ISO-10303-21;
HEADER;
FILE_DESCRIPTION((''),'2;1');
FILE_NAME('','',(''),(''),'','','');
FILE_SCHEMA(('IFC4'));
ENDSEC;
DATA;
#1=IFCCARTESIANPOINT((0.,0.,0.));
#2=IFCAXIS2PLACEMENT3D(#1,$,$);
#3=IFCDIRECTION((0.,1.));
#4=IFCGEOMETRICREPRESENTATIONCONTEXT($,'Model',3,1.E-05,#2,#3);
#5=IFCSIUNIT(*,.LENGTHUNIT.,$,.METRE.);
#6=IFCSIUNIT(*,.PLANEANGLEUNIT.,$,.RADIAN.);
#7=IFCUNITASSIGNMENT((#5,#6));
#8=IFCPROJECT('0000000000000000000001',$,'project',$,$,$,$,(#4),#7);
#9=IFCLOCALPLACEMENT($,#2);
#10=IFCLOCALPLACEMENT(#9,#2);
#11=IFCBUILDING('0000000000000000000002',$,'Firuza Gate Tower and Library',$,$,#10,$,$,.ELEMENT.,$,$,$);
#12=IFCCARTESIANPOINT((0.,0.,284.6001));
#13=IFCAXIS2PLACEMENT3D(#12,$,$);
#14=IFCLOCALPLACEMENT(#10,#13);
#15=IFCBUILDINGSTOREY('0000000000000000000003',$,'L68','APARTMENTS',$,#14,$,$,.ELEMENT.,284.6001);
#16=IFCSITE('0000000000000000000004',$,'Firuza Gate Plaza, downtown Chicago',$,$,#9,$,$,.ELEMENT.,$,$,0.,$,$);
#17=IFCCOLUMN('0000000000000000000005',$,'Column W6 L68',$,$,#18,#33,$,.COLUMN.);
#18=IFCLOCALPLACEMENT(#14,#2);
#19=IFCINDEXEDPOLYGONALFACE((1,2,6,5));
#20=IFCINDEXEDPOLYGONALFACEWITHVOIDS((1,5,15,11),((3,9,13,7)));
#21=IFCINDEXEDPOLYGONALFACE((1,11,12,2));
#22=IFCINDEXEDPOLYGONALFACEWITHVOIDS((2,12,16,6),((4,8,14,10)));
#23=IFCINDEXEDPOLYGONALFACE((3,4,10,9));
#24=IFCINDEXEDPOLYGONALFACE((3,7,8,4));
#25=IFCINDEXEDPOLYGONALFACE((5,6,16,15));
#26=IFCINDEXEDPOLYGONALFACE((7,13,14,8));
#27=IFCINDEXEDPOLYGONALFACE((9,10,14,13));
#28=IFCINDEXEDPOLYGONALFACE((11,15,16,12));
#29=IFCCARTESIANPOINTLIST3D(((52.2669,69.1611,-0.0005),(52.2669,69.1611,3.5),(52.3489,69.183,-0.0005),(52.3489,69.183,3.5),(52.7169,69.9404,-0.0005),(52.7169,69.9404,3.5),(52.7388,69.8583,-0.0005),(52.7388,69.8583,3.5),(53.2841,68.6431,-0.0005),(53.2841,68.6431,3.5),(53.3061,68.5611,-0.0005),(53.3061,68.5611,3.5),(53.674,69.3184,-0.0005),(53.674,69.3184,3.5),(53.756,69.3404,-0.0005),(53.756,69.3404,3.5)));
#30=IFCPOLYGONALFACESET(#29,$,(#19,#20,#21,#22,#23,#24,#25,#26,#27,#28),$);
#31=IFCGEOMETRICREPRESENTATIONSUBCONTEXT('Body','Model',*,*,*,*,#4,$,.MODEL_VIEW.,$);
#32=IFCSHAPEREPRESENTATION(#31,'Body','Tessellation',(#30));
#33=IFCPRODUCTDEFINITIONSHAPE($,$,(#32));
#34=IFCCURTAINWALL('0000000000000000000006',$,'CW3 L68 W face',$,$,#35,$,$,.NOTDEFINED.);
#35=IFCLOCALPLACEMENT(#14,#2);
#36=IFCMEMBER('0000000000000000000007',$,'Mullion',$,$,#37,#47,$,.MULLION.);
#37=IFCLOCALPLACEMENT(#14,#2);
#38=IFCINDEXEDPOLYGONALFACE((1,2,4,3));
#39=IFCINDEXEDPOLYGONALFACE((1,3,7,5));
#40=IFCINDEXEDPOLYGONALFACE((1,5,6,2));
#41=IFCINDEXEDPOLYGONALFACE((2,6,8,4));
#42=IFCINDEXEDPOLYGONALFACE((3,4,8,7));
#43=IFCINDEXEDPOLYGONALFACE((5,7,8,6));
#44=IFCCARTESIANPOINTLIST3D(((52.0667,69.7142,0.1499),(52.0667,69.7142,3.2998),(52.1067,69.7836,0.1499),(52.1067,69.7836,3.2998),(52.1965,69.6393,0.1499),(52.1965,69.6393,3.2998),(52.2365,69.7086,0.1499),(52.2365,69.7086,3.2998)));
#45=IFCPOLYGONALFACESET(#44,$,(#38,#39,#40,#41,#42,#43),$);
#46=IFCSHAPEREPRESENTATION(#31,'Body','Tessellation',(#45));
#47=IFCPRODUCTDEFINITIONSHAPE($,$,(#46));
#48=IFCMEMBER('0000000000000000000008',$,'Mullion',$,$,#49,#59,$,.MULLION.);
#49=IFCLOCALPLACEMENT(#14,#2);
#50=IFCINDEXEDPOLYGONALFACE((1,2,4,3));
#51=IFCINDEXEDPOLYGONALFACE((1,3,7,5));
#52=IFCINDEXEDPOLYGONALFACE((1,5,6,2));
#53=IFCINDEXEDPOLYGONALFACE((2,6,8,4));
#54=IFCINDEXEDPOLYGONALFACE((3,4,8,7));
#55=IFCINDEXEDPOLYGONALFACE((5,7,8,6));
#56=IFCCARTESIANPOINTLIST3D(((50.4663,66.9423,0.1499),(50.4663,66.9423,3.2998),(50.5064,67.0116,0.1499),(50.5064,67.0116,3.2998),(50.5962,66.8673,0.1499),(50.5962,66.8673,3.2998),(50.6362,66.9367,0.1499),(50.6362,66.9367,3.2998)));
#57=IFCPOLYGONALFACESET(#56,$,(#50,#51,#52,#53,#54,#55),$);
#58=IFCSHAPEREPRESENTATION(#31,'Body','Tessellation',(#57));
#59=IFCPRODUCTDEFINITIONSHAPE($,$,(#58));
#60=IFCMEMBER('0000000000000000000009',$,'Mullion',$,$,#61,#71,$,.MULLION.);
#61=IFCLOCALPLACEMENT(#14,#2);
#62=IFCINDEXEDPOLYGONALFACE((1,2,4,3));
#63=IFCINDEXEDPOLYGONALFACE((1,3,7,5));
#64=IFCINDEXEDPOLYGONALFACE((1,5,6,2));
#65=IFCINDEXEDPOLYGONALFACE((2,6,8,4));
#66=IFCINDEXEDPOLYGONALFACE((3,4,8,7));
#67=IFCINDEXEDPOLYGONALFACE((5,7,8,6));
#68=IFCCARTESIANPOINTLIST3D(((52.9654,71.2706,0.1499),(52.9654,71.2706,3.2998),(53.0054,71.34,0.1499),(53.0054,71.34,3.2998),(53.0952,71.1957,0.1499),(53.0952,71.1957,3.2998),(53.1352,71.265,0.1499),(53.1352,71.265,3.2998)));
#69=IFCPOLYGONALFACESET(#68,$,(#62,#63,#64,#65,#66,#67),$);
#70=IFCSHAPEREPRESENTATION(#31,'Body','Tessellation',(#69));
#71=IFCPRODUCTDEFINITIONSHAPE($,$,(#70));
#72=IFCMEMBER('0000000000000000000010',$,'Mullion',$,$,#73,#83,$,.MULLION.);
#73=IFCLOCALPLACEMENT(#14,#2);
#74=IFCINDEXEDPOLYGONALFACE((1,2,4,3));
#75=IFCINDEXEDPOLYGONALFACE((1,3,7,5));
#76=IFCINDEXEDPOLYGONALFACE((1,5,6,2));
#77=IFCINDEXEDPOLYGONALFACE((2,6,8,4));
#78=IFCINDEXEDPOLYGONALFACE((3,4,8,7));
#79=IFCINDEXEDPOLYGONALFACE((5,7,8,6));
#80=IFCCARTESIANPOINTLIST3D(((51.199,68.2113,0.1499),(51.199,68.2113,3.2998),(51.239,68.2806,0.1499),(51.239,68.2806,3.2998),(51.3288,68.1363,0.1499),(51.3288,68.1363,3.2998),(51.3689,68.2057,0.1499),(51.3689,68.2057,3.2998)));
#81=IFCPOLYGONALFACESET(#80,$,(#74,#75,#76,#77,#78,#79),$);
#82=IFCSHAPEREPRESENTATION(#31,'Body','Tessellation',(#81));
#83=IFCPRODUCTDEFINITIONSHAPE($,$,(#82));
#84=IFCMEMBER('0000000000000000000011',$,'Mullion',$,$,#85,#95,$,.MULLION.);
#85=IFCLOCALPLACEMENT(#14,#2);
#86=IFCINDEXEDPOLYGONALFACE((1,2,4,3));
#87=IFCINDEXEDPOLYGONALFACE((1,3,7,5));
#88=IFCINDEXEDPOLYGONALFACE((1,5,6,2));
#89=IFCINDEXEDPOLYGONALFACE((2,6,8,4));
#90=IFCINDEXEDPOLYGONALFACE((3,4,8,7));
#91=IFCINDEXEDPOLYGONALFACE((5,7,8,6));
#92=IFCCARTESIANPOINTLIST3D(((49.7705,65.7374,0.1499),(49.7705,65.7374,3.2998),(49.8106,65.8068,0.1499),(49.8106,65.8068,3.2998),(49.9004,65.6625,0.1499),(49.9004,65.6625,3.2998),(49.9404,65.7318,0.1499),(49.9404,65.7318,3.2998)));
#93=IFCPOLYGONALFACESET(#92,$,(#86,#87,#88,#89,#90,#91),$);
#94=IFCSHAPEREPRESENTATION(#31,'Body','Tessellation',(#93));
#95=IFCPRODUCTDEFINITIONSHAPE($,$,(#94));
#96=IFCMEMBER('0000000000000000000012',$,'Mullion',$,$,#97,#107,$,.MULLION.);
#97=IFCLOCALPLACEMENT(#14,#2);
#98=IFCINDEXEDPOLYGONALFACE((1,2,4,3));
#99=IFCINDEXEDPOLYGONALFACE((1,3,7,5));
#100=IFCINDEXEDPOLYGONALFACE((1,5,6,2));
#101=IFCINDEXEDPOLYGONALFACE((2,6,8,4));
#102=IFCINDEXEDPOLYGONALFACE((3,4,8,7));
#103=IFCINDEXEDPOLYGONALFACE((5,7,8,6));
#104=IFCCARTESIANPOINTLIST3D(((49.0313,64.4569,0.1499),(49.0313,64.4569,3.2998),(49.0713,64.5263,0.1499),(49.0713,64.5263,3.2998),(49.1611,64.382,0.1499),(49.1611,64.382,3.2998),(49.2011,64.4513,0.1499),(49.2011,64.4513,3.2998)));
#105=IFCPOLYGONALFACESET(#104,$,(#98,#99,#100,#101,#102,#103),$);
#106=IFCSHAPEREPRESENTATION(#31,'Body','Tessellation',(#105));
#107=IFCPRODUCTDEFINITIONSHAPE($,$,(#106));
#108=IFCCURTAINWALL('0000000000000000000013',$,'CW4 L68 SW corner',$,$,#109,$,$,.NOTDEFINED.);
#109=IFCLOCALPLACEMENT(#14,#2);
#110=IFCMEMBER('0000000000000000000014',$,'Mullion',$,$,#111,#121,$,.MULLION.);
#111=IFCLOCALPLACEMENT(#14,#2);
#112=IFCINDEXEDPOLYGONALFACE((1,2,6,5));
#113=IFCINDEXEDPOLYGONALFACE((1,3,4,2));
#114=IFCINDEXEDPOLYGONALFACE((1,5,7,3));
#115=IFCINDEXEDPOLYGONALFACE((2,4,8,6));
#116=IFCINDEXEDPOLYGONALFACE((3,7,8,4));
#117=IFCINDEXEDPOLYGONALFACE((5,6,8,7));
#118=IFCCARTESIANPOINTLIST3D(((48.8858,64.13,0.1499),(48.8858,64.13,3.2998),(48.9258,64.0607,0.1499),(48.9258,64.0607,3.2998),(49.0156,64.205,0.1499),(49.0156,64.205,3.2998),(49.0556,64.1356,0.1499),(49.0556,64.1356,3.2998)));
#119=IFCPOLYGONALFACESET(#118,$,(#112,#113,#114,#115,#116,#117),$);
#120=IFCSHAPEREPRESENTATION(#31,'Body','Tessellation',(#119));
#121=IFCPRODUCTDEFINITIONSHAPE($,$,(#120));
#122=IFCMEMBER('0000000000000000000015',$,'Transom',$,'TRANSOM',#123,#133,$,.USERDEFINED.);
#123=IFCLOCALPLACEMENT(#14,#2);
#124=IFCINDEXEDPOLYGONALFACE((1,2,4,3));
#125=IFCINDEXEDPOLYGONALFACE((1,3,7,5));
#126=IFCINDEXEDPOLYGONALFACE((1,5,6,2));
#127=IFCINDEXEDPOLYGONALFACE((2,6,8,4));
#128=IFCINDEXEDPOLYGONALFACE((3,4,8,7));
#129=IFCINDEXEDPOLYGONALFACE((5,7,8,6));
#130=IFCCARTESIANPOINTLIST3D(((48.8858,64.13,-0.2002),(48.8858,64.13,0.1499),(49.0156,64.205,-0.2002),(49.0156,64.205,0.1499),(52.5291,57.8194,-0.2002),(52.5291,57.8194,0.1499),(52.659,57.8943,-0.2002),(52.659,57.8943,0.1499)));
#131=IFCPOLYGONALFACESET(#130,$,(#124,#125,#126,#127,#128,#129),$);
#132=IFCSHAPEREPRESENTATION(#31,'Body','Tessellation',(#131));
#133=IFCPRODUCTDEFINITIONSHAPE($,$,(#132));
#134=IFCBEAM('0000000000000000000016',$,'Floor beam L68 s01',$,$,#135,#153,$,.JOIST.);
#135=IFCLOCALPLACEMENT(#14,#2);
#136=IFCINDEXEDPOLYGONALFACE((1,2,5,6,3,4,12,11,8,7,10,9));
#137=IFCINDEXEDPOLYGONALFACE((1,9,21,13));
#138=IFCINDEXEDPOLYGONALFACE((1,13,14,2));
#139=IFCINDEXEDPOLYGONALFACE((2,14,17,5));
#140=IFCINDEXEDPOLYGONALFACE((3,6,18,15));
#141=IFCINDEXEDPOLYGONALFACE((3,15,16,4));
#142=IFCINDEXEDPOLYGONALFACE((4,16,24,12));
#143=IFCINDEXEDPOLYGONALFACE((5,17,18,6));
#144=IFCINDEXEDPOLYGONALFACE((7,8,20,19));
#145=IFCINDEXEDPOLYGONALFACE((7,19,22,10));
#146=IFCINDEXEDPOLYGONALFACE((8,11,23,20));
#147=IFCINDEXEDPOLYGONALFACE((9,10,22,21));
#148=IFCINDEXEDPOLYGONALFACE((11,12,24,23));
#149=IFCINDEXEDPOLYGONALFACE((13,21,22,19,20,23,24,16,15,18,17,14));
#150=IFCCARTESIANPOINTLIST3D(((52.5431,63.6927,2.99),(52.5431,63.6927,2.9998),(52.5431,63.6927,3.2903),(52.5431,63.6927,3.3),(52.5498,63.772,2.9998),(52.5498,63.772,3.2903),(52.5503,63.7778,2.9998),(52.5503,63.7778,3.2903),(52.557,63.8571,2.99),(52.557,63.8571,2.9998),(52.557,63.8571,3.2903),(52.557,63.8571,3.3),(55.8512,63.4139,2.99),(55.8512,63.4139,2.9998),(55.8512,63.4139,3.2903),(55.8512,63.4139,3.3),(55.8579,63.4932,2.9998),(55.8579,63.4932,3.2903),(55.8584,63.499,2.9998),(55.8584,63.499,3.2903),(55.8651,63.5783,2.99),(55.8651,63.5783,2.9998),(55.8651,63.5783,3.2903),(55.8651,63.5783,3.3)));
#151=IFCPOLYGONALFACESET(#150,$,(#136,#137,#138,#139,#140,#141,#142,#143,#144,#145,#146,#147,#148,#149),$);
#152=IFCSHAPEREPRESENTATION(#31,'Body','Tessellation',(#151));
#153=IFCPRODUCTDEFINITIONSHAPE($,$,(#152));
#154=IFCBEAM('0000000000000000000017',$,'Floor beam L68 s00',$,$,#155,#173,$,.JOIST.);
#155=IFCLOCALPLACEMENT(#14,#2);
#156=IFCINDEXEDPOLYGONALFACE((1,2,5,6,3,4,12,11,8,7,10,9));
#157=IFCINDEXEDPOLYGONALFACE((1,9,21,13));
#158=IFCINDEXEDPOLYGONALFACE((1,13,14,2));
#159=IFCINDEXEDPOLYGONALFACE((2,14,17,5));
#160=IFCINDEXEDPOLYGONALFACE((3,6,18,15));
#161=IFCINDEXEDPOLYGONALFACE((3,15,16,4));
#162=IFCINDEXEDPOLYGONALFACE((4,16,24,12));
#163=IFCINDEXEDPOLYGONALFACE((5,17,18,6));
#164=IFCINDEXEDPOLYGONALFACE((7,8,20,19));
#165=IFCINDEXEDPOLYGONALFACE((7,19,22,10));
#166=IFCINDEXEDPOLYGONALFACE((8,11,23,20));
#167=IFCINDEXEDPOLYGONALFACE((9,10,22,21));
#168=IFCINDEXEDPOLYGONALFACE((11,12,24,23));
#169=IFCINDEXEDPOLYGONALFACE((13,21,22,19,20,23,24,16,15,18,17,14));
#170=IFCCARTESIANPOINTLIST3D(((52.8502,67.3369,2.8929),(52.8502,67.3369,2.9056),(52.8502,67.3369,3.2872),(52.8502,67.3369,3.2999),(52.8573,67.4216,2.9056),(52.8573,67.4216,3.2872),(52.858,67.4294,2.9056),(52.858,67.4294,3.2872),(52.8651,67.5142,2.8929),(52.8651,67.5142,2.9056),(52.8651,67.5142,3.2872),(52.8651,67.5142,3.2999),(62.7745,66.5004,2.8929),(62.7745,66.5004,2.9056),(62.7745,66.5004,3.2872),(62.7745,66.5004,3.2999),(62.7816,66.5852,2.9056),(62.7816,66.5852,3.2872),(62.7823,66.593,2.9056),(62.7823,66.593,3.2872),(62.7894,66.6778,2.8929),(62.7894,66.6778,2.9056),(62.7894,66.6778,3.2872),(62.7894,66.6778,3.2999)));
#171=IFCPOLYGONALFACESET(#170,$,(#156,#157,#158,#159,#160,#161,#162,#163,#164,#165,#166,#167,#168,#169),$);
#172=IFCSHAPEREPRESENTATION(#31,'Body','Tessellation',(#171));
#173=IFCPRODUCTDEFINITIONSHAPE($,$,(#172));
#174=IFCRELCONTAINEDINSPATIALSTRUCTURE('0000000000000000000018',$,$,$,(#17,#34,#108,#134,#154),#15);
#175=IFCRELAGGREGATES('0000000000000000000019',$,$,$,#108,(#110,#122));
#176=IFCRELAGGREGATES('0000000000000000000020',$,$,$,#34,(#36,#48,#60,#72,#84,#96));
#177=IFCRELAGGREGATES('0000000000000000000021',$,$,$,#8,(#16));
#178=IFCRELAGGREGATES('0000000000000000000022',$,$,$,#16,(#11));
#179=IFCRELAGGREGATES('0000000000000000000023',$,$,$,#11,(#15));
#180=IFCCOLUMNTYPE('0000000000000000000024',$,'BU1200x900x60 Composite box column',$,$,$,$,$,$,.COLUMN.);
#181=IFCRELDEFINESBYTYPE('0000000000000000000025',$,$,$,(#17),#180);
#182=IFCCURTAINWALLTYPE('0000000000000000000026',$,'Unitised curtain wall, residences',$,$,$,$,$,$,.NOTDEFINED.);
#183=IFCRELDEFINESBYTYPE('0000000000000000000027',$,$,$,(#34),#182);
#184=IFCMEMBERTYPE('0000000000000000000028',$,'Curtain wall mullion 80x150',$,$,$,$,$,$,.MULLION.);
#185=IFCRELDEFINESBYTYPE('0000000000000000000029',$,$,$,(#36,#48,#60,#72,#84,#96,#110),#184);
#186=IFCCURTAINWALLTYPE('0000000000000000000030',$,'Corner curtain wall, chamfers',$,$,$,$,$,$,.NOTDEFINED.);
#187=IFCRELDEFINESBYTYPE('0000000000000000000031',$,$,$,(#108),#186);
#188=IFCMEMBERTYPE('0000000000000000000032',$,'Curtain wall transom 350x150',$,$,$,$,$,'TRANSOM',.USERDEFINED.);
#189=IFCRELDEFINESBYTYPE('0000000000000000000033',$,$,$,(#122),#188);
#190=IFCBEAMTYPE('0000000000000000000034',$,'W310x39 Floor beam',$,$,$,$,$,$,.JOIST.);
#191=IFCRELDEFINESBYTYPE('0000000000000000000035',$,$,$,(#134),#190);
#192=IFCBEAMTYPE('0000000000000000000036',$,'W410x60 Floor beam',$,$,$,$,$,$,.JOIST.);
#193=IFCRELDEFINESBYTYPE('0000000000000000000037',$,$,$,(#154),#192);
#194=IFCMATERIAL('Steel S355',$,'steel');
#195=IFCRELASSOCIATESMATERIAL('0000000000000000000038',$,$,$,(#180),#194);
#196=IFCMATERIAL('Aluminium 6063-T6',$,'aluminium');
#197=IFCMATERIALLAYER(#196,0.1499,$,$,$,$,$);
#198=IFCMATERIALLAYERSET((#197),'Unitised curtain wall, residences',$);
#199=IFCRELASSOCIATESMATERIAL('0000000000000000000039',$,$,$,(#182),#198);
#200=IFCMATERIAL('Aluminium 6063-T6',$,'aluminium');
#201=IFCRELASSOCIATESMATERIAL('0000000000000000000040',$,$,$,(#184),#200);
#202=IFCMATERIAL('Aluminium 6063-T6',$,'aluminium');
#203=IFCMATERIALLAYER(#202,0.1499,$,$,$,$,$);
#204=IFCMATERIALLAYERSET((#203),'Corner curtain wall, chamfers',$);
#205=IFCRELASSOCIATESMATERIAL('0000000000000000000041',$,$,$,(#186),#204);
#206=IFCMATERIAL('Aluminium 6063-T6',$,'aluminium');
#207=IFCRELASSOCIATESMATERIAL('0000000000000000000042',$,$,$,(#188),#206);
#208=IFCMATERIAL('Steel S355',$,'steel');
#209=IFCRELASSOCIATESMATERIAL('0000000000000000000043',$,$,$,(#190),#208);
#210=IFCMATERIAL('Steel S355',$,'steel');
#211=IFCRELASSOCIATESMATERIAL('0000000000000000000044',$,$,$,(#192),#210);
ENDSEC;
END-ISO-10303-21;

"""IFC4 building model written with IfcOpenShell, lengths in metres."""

from ifc_helpers import new_model, si_unit, direction, frame, origin, origin_2d, place, context, subcontext, project, spatial, rectangle, hollow_rectangle, i_section, extrude, material, layer, layer_set, material_profile, profile_set, type_object, element, aggregate, save


model = new_model("IFC4")

# Units and contexts
model_context = context("Model", 3, precision=1e-05, world=origin(), true_north=direction((0.0, 1.0)))
body_context = subcontext(model_context, "Body", "Model", "MODEL_VIEW")
ifc_project = project(units=[si_unit("LENGTHUNIT", "METRE"), si_unit("PLANEANGLEUNIT", "RADIAN")], contexts=[model_context])

# Site, building, storey
site_placement = place(None, origin())
site = spatial("IfcSite", under=ifc_project, at=site_placement, Name="Firuza Gate Plaza, downtown Chicago", CompositionType="ELEMENT", RefElevation=0.0)
building_placement = place(site_placement, origin())
building = spatial("IfcBuilding", under=site, at=building_placement, Name="Firuza Gate Tower and Library", CompositionType="ELEMENT")
storey_placement = place(building_placement, frame((0.0, 0.0, 284.6001)))
storey = spatial("IfcBuildingStorey", under=building, at=storey_placement, Name="L68", Description="APARTMENTS", CompositionType="ELEMENT", Elevation=284.6001)

# Column
ifc_material_1 = material(Name="Steel S355", Category="steel")
ifc_material_profile_1 = material_profile(ifc_material_1, hollow_rectangle(XDim=0.8999, YDim=1.2, WallThickness=0.0601, at=origin_2d()))
ifc_profile_set_1 = profile_set([ifc_material_profile_1], Name="Steel S355")
column_type = type_object("IfcColumnType", Name="BU1200x900x60 Composite box column", PredefinedType="COLUMN", material=ifc_profile_set_1)
column_placement = place(storey_placement, frame((53.0115, 69.2507, -0.0005), z_axis=(0.0, 0.0, 1.0), x_axis=(-0.5, -0.866025, 0.0)))
element("IfcColumn", 1, at=column_placement, inside=storey, type_object=column_type, Name="Column W6 L68", PredefinedType="COLUMN", context=body_context, shape_type="SweptSolid", body=[
    extrude(hollow_rectangle(XDim=0.8999, YDim=1.2, WallThickness=0.0601, at=origin_2d()), origin(), (0.0, 0.0, 1.0), 3.5005),
])

# Curtain walls, members
ifc_material_2 = material(Name="Aluminium 6063-T6", Category="aluminium")
ifc_layer_1 = layer(ifc_material_2, 0.1499)
ifc_layer_set_1 = layer_set([ifc_layer_1], Name="Unitised curtain wall, residences")
curtain_wall_type_1 = type_object("IfcCurtainWallType", Name="Unitised curtain wall, residences", PredefinedType="NOTDEFINED", material=ifc_layer_set_1)
placement = place(storey_placement, origin())
curtain_wall_1 = element("IfcCurtainWall", 2, at=placement, inside=storey, type_object=curtain_wall_type_1, Name="CW3 L68 W face", PredefinedType="NOTDEFINED")
ifc_material_3 = material(Name="Aluminium 6063-T6", Category="aluminium")
ifc_material_profile_2 = material_profile(ifc_material_3, rectangle(XDim=0.1499, YDim=0.0801, at=origin_2d()))
ifc_profile_set_2 = profile_set([ifc_material_profile_2], Name="Aluminium 6063-T6")
member_type_1 = type_object("IfcMemberType", Name="Curtain wall mullion 80x150", PredefinedType="MULLION", material=ifc_profile_set_2)
member_1_placement = place(storey_placement, frame((52.1516, 69.7114, 0.1499), z_axis=(0.0, 0.0, 1.0), x_axis=(0.866025, -0.5, 0.0)))
member_1 = element("IfcMember", 3, at=member_1_placement, type_object=member_type_1, Name="Mullion", PredefinedType="MULLION", context=body_context, shape_type="SweptSolid", body=[
    extrude(rectangle(XDim=0.1499, YDim=0.0801, at=origin_2d()), origin(), (0.0, 0.0, 1.0), 3.1499),
])
member_2_placement = place(storey_placement, frame((50.5513, 66.9395, 0.1499), z_axis=(0.0, 0.0, 1.0), x_axis=(0.866025, -0.5, 0.0)))
member_2 = element("IfcMember", 4, at=member_2_placement, type_object=member_type_1, Name="Mullion", PredefinedType="MULLION", context=body_context, shape_type="SweptSolid", body=[
    extrude(rectangle(XDim=0.1499, YDim=0.0801, at=origin_2d()), origin(), (0.0, 0.0, 1.0), 3.1499),
])
member_3_placement = place(storey_placement, frame((53.0503, 71.2678, 0.1499), z_axis=(0.0, 0.0, 1.0), x_axis=(0.866025, -0.5, 0.0)))
member_3 = element("IfcMember", 5, at=member_3_placement, type_object=member_type_1, Name="Mullion", PredefinedType="MULLION", context=body_context, shape_type="SweptSolid", body=[
    extrude(rectangle(XDim=0.1499, YDim=0.0801, at=origin_2d()), origin(), (0.0, 0.0, 1.0), 3.1499),
])
member_4_placement = place(storey_placement, frame((51.2839, 68.2085, 0.1499), z_axis=(0.0, 0.0, 1.0), x_axis=(0.866025, -0.5, 0.0)))
member_4 = element("IfcMember", 6, at=member_4_placement, type_object=member_type_1, Name="Mullion", PredefinedType="MULLION", context=body_context, shape_type="SweptSolid", body=[
    extrude(rectangle(XDim=0.1499, YDim=0.0801, at=origin_2d()), origin(), (0.0, 0.0, 1.0), 3.1499),
])
member_5_placement = place(storey_placement, frame((49.8555, 65.7346, 0.1499), z_axis=(0.0, 0.0, 1.0), x_axis=(0.866025, -0.5, 0.0)))
member_5 = element("IfcMember", 7, at=member_5_placement, type_object=member_type_1, Name="Mullion", PredefinedType="MULLION", context=body_context, shape_type="SweptSolid", body=[
    extrude(rectangle(XDim=0.1499, YDim=0.0801, at=origin_2d()), origin(), (0.0, 0.0, 1.0), 3.1499),
])
member_6_placement = place(storey_placement, frame((49.1162, 64.4541, 0.1499), z_axis=(0.0, 0.0, 1.0), x_axis=(0.866025, -0.5, 0.0)))
member_6 = element("IfcMember", 8, at=member_6_placement, type_object=member_type_1, Name="Mullion", PredefinedType="MULLION", context=body_context, shape_type="SweptSolid", body=[
    extrude(rectangle(XDim=0.1499, YDim=0.0801, at=origin_2d()), origin(), (0.0, 0.0, 1.0), 3.1499),
])
ifc_material_4 = material(Name="Aluminium 6063-T6", Category="aluminium")
ifc_layer_2 = layer(ifc_material_4, 0.1499)
ifc_layer_set_2 = layer_set([ifc_layer_2], Name="Corner curtain wall, chamfers")
curtain_wall_type_2 = type_object("IfcCurtainWallType", Name="Corner curtain wall, chamfers", PredefinedType="NOTDEFINED", material=ifc_layer_set_2)
curtain_wall_2 = element("IfcCurtainWall", 9, at=placement, inside=storey, type_object=curtain_wall_type_2, Name="CW4 L68 SW corner", PredefinedType="NOTDEFINED")
member_7_placement = place(storey_placement, frame((48.9707, 64.1328, 0.1499), z_axis=(0.0, 0.0, 1.0), x_axis=(0.866025, 0.5, 0.0)))
member_7 = element("IfcMember", 10, at=member_7_placement, type_object=member_type_1, Name="Mullion", PredefinedType="MULLION", context=body_context, shape_type="SweptSolid", body=[
    extrude(rectangle(XDim=0.1499, YDim=0.0801, at=origin_2d()), origin(), (0.0, 0.0, 1.0), 3.1499),
])
ifc_material_5 = material(Name="Aluminium 6063-T6", Category="aluminium")
ifc_material_profile_3 = material_profile(ifc_material_5, rectangle(XDim=0.1499, YDim=0.3501, at=origin_2d()))
ifc_profile_set_3 = profile_set([ifc_material_profile_3], Name="Aluminium 6063-T6")
member_type_2 = type_object("IfcMemberType", Name="Curtain wall transom 350x150", ElementType="TRANSOM", PredefinedType="USERDEFINED", material=ifc_profile_set_3)
member_8_placement = place(storey_placement, frame((48.9507, 64.1675, -0.0251), z_axis=(0.499991, -0.86603, 0.0), x_axis=(0.86603, 0.499991, 0.0)))
member_8 = element("IfcMember", 11, at=member_8_placement, type_object=member_type_2, Name="Transom", ObjectType="TRANSOM", PredefinedType="USERDEFINED", context=body_context, shape_type="SweptSolid", body=[
    extrude(rectangle(XDim=0.1499, YDim=0.3501, at=origin_2d()), origin(), (0.0, 0.0, 1.0), 7.2869),
])

# Beams
ifc_material_6 = material(Name="Steel S355", Category="steel")
ifc_material_profile_4 = material_profile(ifc_material_6, i_section(OverallWidth=0.165, OverallDepth=0.3101, WebThickness=0.0059, FlangeThickness=0.0098, at=origin_2d()))
ifc_profile_set_4 = profile_set([ifc_material_profile_4], Name="Steel S355")
beam_type_1 = type_object("IfcBeamType", Name="W310x39 Floor beam", PredefinedType="JOIST", material=ifc_profile_set_4)
beam_1_placement = place(storey_placement, frame((52.55, 63.7749, 3.145), z_axis=(0.996467, -0.083983, 0.0), x_axis=(0.083983, 0.996467, 0.0)))
element("IfcBeam", 12, at=beam_1_placement, inside=storey, type_object=beam_type_1, Name="Floor beam L68 s01", PredefinedType="JOIST", context=body_context, shape_type="SweptSolid", body=[
    extrude(i_section(OverallWidth=0.165, OverallDepth=0.3101, WebThickness=0.0059, FlangeThickness=0.0098, at=origin_2d()), origin(), (0.0, 0.0, 1.0), 3.3198),
])
ifc_material_7 = material(Name="Steel S355", Category="steel")
ifc_material_profile_5 = material_profile(ifc_material_7, i_section(OverallWidth=0.178, OverallDepth=0.407, WebThickness=0.0078, FlangeThickness=0.0127, at=origin_2d()))
ifc_profile_set_5 = profile_set([ifc_material_profile_5], Name="Steel S355")
beam_type_2 = type_object("IfcBeamType", Name="W410x60 Floor beam", PredefinedType="JOIST", material=ifc_profile_set_5)
beam_2_placement = place(storey_placement, frame((52.8577, 67.4255, 3.0964), z_axis=(0.996467, -0.083983, 0.0), x_axis=(0.083983, 0.996467, 0.0)))
element("IfcBeam", 13, at=beam_2_placement, inside=storey, type_object=beam_type_2, Name="Floor beam L68 s00", PredefinedType="JOIST", context=body_context, shape_type="SweptSolid", body=[
    extrude(i_section(OverallWidth=0.178, OverallDepth=0.407, WebThickness=0.0078, FlangeThickness=0.0127, at=origin_2d()), origin(), (0.0, 0.0, 1.0), 9.9595),
])

aggregate(curtain_wall_2, [member_7, member_8])
aggregate(curtain_wall_1, [member_1, member_2, member_3, member_4, member_5, member_6])

save(model, "model.ifc")
